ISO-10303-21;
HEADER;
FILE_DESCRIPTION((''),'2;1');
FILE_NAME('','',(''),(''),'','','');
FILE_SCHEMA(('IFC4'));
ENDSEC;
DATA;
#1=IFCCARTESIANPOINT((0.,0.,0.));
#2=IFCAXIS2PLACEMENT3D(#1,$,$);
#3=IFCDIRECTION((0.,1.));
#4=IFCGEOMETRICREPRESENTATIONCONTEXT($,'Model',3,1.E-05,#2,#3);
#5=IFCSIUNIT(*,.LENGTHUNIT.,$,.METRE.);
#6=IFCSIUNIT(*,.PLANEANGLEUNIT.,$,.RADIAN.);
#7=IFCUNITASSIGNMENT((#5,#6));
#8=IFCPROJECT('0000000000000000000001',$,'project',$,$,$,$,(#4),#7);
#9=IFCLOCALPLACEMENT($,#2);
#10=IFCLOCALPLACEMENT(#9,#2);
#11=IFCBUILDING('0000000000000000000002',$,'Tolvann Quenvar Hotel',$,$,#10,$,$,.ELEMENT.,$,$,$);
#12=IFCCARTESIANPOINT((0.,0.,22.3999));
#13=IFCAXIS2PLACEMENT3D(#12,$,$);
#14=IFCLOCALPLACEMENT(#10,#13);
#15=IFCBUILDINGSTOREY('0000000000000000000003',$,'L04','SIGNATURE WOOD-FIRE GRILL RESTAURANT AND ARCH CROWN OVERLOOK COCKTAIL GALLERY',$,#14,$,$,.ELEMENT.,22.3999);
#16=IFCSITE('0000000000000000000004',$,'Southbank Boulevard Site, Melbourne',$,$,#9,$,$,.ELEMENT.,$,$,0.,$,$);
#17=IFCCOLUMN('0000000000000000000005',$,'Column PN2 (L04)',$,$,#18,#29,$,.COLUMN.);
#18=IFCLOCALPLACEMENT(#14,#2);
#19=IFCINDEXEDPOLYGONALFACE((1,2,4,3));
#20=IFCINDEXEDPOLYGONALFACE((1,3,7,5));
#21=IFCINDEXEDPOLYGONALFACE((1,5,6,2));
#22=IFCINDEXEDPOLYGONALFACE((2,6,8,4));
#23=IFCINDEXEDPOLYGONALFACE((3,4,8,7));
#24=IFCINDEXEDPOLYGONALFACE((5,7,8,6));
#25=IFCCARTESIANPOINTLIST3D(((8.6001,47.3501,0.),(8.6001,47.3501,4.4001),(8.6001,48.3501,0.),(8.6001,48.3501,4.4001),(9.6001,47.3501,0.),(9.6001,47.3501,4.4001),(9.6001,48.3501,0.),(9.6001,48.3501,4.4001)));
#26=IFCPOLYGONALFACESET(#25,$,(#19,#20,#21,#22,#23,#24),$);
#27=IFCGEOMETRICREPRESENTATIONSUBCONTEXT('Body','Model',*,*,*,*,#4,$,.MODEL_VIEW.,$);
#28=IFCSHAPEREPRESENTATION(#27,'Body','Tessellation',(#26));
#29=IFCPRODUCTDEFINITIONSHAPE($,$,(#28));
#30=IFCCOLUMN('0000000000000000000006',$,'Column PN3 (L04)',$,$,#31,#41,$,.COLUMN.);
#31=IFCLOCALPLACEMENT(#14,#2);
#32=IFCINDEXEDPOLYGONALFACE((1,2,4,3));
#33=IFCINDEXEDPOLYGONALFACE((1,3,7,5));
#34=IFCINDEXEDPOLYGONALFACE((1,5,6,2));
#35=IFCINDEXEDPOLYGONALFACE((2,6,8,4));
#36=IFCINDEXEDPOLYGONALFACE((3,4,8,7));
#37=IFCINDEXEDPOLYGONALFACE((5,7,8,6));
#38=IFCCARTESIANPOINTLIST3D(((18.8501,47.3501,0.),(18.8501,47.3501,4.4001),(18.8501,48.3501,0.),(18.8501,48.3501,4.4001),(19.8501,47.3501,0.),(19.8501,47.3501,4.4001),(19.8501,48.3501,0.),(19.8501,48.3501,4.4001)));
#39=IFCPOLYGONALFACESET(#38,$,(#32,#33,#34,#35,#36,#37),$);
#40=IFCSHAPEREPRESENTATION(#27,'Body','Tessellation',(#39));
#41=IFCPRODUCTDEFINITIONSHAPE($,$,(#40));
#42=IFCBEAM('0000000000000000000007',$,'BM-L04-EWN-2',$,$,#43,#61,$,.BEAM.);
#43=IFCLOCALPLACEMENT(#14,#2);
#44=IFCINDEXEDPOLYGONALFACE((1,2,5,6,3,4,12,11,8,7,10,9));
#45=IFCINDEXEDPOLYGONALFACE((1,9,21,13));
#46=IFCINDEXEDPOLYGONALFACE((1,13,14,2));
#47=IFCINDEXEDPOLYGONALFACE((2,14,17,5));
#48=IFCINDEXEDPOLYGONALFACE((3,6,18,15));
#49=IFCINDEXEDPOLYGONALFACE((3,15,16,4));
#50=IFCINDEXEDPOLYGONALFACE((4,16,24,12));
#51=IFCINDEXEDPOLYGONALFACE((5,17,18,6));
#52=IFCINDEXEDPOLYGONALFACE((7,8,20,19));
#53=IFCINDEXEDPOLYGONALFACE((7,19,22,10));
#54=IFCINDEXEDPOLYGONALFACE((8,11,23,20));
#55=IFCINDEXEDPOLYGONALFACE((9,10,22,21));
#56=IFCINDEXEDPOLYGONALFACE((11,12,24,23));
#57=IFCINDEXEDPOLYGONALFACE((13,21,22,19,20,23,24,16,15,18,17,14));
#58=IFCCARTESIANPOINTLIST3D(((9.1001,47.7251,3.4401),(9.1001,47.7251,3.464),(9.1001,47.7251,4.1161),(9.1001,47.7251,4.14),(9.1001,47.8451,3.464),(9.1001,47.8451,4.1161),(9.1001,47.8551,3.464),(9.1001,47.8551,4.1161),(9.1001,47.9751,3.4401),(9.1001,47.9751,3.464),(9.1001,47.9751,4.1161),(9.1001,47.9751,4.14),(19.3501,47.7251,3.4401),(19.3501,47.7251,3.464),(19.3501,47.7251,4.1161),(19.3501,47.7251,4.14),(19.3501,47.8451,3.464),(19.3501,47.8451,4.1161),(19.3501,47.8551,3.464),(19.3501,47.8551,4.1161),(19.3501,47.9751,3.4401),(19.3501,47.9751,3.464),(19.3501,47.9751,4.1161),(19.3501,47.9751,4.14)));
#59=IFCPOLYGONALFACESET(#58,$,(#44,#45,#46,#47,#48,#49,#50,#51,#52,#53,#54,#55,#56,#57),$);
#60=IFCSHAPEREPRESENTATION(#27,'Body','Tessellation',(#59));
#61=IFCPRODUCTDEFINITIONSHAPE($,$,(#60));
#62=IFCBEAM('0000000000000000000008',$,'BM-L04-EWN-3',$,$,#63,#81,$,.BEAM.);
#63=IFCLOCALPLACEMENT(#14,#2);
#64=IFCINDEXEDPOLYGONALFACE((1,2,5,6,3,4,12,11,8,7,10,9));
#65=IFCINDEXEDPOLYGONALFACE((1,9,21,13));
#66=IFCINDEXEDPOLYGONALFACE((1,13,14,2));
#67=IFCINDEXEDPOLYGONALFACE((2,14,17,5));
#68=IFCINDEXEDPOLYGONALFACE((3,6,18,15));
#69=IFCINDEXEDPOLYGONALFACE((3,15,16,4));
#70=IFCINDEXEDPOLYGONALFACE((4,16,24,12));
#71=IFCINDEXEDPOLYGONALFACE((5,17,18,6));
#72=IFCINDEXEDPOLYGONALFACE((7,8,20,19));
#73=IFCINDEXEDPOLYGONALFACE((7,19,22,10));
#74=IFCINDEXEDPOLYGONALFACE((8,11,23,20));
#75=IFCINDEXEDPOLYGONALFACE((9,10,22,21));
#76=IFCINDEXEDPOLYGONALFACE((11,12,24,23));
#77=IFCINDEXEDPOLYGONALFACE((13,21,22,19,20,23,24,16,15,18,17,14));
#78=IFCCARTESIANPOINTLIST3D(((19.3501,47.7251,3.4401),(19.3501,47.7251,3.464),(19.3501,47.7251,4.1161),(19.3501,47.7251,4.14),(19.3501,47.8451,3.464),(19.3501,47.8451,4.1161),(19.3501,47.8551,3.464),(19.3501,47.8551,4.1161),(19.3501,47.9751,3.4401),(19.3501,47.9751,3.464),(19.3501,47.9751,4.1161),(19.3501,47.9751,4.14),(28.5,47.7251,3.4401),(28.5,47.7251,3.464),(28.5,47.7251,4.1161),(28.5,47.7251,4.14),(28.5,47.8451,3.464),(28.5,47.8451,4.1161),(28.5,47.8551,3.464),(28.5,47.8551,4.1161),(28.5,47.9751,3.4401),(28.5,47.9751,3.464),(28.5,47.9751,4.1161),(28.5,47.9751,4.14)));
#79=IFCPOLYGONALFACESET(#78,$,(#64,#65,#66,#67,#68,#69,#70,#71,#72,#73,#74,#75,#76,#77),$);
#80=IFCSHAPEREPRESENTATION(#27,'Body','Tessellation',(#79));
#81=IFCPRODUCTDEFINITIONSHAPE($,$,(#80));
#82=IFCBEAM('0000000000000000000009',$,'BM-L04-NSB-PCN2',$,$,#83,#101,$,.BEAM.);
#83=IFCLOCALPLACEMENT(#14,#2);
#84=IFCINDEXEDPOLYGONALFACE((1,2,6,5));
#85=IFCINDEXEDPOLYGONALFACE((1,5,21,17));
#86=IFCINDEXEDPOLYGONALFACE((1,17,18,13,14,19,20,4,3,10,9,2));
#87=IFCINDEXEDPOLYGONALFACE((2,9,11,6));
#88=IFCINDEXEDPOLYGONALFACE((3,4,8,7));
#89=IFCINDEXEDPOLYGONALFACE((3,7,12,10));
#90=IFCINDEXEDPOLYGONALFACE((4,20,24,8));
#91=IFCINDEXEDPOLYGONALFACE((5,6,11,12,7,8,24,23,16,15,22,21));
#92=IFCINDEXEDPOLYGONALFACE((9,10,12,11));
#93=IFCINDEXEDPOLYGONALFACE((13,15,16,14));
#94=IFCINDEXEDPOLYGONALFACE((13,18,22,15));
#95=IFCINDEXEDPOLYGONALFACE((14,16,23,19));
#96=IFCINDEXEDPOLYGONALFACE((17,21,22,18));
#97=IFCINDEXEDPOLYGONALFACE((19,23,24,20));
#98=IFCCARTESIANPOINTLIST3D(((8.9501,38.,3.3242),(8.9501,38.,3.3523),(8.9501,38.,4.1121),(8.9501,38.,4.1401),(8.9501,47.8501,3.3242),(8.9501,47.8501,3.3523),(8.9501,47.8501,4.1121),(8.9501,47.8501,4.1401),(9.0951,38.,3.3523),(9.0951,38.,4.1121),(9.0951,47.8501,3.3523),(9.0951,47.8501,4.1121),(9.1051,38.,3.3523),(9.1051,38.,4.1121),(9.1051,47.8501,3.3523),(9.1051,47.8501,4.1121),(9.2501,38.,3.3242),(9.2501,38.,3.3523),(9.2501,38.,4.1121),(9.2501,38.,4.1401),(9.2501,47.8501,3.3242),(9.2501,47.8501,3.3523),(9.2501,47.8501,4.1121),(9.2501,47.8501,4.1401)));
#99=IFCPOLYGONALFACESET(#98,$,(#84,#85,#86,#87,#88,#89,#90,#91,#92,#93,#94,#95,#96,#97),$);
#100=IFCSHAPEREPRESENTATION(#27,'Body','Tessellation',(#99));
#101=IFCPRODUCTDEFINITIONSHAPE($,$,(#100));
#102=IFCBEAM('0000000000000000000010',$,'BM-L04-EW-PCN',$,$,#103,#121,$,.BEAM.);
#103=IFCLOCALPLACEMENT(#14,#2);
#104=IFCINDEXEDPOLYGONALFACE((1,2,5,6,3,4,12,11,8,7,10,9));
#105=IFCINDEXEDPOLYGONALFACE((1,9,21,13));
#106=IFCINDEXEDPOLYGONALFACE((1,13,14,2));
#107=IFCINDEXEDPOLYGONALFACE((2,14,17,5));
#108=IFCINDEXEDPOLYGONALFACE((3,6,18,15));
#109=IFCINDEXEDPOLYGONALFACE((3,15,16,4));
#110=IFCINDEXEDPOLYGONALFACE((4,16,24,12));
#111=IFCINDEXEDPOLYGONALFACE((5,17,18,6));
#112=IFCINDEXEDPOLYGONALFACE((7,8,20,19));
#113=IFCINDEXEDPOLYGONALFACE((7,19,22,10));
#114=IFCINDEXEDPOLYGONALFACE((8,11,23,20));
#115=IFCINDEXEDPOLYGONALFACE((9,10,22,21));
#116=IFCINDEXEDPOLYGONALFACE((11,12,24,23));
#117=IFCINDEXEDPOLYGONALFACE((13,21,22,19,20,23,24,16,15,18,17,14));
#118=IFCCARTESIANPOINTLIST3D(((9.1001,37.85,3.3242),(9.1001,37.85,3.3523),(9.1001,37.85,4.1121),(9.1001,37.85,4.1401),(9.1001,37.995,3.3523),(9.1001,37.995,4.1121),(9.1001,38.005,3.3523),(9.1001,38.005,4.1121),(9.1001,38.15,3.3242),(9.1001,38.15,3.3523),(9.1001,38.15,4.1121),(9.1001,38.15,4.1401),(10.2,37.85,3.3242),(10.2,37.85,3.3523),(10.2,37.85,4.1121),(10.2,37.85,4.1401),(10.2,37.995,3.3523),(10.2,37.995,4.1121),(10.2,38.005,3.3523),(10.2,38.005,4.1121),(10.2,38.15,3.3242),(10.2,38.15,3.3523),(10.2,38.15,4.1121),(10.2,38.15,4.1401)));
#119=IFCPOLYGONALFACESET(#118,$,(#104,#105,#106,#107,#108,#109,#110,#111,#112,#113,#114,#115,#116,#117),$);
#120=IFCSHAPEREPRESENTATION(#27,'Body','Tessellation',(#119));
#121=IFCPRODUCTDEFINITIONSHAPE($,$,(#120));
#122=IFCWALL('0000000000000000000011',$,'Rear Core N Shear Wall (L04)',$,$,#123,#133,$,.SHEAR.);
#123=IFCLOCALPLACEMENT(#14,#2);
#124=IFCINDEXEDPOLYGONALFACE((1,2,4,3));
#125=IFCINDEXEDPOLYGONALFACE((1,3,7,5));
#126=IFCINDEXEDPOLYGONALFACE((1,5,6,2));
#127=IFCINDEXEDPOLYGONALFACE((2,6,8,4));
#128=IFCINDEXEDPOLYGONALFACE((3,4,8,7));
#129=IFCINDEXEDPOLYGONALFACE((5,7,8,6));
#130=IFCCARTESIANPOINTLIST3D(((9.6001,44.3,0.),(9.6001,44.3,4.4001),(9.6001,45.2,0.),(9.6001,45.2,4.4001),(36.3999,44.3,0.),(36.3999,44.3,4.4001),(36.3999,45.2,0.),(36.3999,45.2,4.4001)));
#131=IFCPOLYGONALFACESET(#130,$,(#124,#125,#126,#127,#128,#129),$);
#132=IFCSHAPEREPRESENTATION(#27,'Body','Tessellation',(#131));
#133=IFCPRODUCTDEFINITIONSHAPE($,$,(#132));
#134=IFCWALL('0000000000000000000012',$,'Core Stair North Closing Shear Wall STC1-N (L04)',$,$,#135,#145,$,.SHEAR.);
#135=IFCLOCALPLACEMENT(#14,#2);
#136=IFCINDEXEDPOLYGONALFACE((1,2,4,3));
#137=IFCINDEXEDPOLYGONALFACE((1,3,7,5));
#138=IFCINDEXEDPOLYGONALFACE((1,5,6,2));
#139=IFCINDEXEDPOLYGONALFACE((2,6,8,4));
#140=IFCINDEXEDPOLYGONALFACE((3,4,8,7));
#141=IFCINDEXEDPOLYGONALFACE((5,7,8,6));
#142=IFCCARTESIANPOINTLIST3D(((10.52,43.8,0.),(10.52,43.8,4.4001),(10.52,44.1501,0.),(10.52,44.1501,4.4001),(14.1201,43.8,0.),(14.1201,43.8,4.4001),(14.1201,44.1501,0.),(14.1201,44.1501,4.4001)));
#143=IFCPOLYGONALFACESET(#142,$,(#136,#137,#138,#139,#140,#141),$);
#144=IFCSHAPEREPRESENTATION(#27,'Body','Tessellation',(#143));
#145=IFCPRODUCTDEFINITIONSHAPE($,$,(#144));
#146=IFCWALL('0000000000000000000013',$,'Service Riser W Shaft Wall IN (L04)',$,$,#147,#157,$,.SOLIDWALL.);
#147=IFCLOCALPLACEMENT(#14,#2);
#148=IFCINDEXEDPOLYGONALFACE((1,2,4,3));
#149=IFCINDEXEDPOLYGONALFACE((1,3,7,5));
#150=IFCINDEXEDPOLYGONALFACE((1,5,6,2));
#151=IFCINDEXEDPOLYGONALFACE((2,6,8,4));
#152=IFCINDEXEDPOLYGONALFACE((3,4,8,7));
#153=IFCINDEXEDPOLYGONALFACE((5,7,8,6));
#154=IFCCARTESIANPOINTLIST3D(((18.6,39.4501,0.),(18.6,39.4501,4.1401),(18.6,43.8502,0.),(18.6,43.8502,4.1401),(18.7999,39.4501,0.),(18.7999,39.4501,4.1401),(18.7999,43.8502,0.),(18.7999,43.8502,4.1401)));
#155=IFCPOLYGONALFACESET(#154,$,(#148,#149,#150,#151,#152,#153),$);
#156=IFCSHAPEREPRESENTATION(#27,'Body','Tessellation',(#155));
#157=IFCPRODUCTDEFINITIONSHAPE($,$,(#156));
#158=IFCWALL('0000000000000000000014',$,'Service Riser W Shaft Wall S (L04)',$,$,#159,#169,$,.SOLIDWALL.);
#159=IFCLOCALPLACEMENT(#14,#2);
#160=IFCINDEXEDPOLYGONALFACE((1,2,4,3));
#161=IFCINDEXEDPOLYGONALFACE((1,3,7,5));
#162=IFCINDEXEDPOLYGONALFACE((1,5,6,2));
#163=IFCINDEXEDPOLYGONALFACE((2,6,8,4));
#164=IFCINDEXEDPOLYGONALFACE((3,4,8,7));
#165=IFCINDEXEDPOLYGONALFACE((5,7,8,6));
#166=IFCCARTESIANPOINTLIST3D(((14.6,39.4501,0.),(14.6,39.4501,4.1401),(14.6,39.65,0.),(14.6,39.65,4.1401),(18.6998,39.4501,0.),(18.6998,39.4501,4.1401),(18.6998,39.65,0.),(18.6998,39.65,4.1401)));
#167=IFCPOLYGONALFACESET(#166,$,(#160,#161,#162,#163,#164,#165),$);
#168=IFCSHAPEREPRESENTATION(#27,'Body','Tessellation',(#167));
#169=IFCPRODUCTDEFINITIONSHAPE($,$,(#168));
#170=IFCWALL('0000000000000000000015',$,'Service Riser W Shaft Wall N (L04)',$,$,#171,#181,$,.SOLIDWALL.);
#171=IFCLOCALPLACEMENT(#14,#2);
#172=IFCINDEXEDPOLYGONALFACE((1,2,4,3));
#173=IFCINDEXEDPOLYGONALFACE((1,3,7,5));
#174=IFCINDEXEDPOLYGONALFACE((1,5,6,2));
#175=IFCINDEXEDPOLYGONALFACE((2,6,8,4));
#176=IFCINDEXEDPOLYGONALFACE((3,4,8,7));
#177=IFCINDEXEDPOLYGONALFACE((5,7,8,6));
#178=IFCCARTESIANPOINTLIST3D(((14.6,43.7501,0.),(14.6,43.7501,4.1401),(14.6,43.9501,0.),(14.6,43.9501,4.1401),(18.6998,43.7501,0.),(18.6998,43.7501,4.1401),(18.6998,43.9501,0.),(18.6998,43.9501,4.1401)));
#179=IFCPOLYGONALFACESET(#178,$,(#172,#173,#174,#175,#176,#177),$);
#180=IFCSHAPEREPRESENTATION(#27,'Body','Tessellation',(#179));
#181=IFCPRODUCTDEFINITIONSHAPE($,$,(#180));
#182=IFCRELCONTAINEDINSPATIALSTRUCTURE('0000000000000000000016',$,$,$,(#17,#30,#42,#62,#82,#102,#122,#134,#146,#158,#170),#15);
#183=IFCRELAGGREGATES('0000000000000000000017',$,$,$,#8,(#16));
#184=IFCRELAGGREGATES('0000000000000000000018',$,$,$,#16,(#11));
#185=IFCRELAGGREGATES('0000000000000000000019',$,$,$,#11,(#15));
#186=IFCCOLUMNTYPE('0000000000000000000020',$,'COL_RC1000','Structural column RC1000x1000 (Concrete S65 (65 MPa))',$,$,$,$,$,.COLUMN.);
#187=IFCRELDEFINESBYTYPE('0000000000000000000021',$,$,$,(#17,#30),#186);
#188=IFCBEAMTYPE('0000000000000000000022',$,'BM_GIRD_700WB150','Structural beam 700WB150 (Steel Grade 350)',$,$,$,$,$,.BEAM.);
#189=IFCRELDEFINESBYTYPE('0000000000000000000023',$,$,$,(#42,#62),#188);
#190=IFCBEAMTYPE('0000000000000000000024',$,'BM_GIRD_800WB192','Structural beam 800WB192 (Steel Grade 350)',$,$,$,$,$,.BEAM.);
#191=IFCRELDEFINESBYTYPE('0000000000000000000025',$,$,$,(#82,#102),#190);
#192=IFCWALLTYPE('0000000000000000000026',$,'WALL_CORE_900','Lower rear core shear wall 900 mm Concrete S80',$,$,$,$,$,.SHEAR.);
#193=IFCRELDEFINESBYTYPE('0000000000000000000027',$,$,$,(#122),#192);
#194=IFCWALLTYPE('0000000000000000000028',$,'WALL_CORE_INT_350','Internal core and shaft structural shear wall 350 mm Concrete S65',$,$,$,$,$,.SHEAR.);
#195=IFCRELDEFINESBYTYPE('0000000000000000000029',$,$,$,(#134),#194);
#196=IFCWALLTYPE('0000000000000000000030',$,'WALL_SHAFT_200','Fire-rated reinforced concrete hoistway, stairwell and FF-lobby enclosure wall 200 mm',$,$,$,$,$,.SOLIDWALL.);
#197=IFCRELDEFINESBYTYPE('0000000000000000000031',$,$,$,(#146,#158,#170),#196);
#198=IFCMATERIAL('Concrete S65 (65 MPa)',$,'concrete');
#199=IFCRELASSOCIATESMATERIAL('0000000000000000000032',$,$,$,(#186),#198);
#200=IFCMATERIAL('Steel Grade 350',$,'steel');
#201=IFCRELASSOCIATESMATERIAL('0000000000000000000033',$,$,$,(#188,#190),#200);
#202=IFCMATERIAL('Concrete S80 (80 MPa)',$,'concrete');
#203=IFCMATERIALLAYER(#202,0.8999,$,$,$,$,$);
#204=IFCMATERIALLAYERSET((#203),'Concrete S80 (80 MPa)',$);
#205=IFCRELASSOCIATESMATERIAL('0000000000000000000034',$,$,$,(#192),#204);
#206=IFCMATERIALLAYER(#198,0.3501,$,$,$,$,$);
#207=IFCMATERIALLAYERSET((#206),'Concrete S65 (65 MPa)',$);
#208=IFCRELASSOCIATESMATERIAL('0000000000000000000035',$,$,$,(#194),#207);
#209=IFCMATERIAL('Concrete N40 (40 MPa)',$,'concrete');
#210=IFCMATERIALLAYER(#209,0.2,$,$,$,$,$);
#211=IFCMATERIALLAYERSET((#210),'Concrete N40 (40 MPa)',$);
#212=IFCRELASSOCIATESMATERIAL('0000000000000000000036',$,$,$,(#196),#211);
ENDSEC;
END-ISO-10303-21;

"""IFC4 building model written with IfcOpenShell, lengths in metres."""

from ifc_helpers import new_model, si_unit, direction, frame, frame_2d, origin, origin_2d, place, context, subcontext, project, spatial, rectangle, i_section, extrude, source, transform, mapped, material, layer, layer_set, material_profile, profile_set, type_object, type_shapes, element, save


model = new_model("IFC4")

# Units and contexts
model_context = context("Model", 3, precision=1e-05, world=origin(), true_north=direction((0.0, 1.0)))
body_context = subcontext(model_context, "Body", "Model", "MODEL_VIEW")
ifc_project = project(units=[si_unit("LENGTHUNIT", "METRE"), si_unit("PLANEANGLEUNIT", "RADIAN")], contexts=[model_context])

# Site, building, storey
site_placement = place(None, origin())
site = spatial("IfcSite", under=ifc_project, at=site_placement, Name="Southbank Boulevard Site, Melbourne", CompositionType="ELEMENT", RefElevation=0.0)
building_placement = place(site_placement, origin())
building = spatial("IfcBuilding", under=site, at=building_placement, Name="Tolvann Quenvar Hotel", CompositionType="ELEMENT")
storey_placement = place(building_placement, frame((0.0, 0.0, 22.3999)))
storey = spatial("IfcBuildingStorey", under=building, at=storey_placement, Name="L04", Description="SIGNATURE WOOD-FIRE GRILL RESTAURANT AND ARCH CROWN OVERLOOK COCKTAIL GALLERY", CompositionType="ELEMENT", Elevation=22.3999)

# Columns
ifc_material_1 = material(Name="Concrete S65 (65 MPa)", Category="concrete")
ifc_material_profile_1 = material_profile(ifc_material_1, rectangle(XDim=1.0, YDim=1.0, at=origin_2d()), Name="RC1000x1000")
ifc_profile_set_1 = profile_set([ifc_material_profile_1], Name="Concrete S65 (65 MPa)")
column_type = type_object("IfcColumnType", Name="COL_RC1000", Description="Structural column RC1000x1000 (Concrete S65 (65 MPa))", PredefinedType="COLUMN", material=ifc_profile_set_1)
shared_shape_1 = source(origin(), body_context, "Body", "SweptSolid", [
    extrude(rectangle(XDim=1.0, YDim=1.0, at=origin_2d()), origin(), (0.0, 0.0, 1.0), 4.4001),
])
type_shapes(column_type, [shared_shape_1])
for number, where, z_axis, x_axis, name in (
    (1, (9.1001, 47.8501, 0.0), (0.0, 0.0, 1.0), (1.0, 0.0, 0.0), "Column PN2 (L04)"),
    (2, (19.3501, 47.8501, 0.0), (0.0, 0.0, 1.0), (1.0, 0.0, 0.0), "Column PN3 (L04)"),
):
    element("IfcColumn", number, at=place(storey_placement, frame(where, z_axis=z_axis, x_axis=x_axis)), inside=storey, type_object=column_type, Name=name, PredefinedType="COLUMN", context=body_context, shape_type="MappedRepresentation", body=[
        mapped(shared_shape_1, transform((0.0, 0.0, 0.0), x_axis=(1.0, 0.0, 0.0), y_axis=(0.0, 1.0, 0.0), z_axis=(0.0, 0.0, 1.0), scale=1.0)),
    ])

# Beams
ifc_material_2 = material(Name="Steel Grade 350", Category="steel")
ifc_material_profile_2 = material_profile(ifc_material_2, i_section(OverallWidth=0.25, OverallDepth=0.7, WebThickness=0.01, FlangeThickness=0.0239, at=origin_2d()), Name="700WB150")
ifc_profile_set_2 = profile_set([ifc_material_profile_2], Name="Steel Grade 350")
beam_type_1 = type_object("IfcBeamType", Name="BM_GIRD_700WB150", Description="Structural beam 700WB150 (Steel Grade 350)", PredefinedType="BEAM", material=ifc_profile_set_2)
shared_shape_2 = source(origin(), body_context, "Body", "SweptSolid", [
    extrude(i_section(OverallWidth=0.25, OverallDepth=0.7, WebThickness=0.01, FlangeThickness=0.0239, at=origin_2d()), origin(), (0.0, 0.0, 1.0), 10.25),
])
beam_1_placement = place(storey_placement, frame((9.1001, 47.8501, 3.79), z_axis=(1.0, 0.0, 0.0), x_axis=(0.0, 1.0, 0.0)))
element("IfcBeam", 3, at=beam_1_placement, inside=storey, type_object=beam_type_1, Name="BM-L04-EWN-2", PredefinedType="BEAM", context=body_context, shape_type="MappedRepresentation", body=[
    mapped(shared_shape_2, transform((0.0, 0.0, 0.0), x_axis=(1.0, 0.0, 0.0), y_axis=(0.0, 1.0, 0.0), z_axis=(0.0, 0.0, 1.0), scale=1.0)),
])
shared_shape_3 = source(origin(), body_context, "Body", "SweptSolid", [
    extrude(i_section(OverallWidth=0.25, OverallDepth=0.7, WebThickness=0.01, FlangeThickness=0.0239, at=origin_2d()), origin(), (0.0, 0.0, 1.0), 9.1499),
])
type_shapes(beam_type_1, [shared_shape_2, shared_shape_3])
beam_2_placement = place(storey_placement, frame((19.3501, 47.8501, 3.79), z_axis=(1.0, 0.0, 0.0), x_axis=(0.0, 1.0, 0.0)))
element("IfcBeam", 4, at=beam_2_placement, inside=storey, type_object=beam_type_1, Name="BM-L04-EWN-3", PredefinedType="BEAM", context=body_context, shape_type="MappedRepresentation", body=[
    mapped(shared_shape_3, transform((0.0, 0.0, 0.0), x_axis=(1.0, 0.0, 0.0), y_axis=(0.0, 1.0, 0.0), z_axis=(0.0, 0.0, 1.0), scale=1.0)),
])
ifc_material_profile_3 = material_profile(ifc_material_2, i_section(OverallWidth=0.3, OverallDepth=0.8159, WebThickness=0.01, FlangeThickness=0.0281, at=origin_2d()), Name="800WB192")
ifc_profile_set_3 = profile_set([ifc_material_profile_3], Name="Steel Grade 350")
beam_type_2 = type_object("IfcBeamType", Name="BM_GIRD_800WB192", Description="Structural beam 800WB192 (Steel Grade 350)", PredefinedType="BEAM", material=ifc_profile_set_3)
shared_shape_4 = source(origin(), body_context, "Body", "SweptSolid", [
    extrude(i_section(OverallWidth=0.3, OverallDepth=0.8159, WebThickness=0.01, FlangeThickness=0.0281, at=origin_2d()), origin(), (0.0, 0.0, 1.0), 9.8501),
])
beam_3_placement = place(storey_placement, frame((9.1001, 38.0, 3.7322), z_axis=(0.0, 1.0, 0.0), x_axis=(-1.0, 0.0, 0.0)))
element("IfcBeam", 5, at=beam_3_placement, inside=storey, type_object=beam_type_2, Name="BM-L04-NSB-PCN2", PredefinedType="BEAM", context=body_context, shape_type="MappedRepresentation", body=[
    mapped(shared_shape_4, transform((0.0, 0.0, 0.0), x_axis=(1.0, 0.0, 0.0), y_axis=(0.0, 1.0, 0.0), z_axis=(0.0, 0.0, 1.0), scale=1.0)),
])
shared_shape_5 = source(origin(), body_context, "Body", "SweptSolid", [
    extrude(i_section(OverallWidth=0.3, OverallDepth=0.8159, WebThickness=0.01, FlangeThickness=0.0281, at=origin_2d()), origin(), (0.0, 0.0, 1.0), 1.0999),
])
type_shapes(beam_type_2, [shared_shape_4, shared_shape_5])
beam_4_placement = place(storey_placement, frame((9.1001, 38.0, 3.7322), z_axis=(1.0, 0.0, 0.0), x_axis=(0.0, 1.0, 0.0)))
element("IfcBeam", 6, at=beam_4_placement, inside=storey, type_object=beam_type_2, Name="BM-L04-EW-PCN", PredefinedType="BEAM", context=body_context, shape_type="MappedRepresentation", body=[
    mapped(shared_shape_5, transform((0.0, 0.0, 0.0), x_axis=(1.0, 0.0, 0.0), y_axis=(0.0, 1.0, 0.0), z_axis=(0.0, 0.0, 1.0), scale=1.0)),
])

# Walls
ifc_material_3 = material(Name="Concrete S80 (80 MPa)", Category="concrete")
ifc_layer_1 = layer(ifc_material_3, 0.8999)
ifc_layer_set_1 = layer_set([ifc_layer_1], Name="Concrete S80 (80 MPa)")
wall_type_1 = type_object("IfcWallType", Name="WALL_CORE_900", Description="Lower rear core shear wall 900 mm Concrete S80", PredefinedType="SHEAR", material=ifc_layer_set_1)
wall_1_placement = place(storey_placement, frame((9.6001, 44.75, 0.0), z_axis=(0.0, 0.0, 1.0), x_axis=(1.0, 0.0, 0.0)))
element("IfcWall", 7, at=wall_1_placement, inside=storey, type_object=wall_type_1, Name="Rear Core N Shear Wall (L04)", PredefinedType="SHEAR", context=body_context, shape_type="SweptSolid", body=[
    extrude(rectangle(XDim=26.7998, YDim=0.8999, at=frame_2d((13.3999, 0.0))), origin(), (0.0, 0.0, 1.0), 4.4001),
])
ifc_layer_2 = layer(ifc_material_1, 0.3501)
ifc_layer_set_2 = layer_set([ifc_layer_2], Name="Concrete S65 (65 MPa)")
wall_type_2 = type_object("IfcWallType", Name="WALL_CORE_INT_350", Description="Internal core and shaft structural shear wall 350 mm Concrete S65", PredefinedType="SHEAR", material=ifc_layer_set_2)
wall_2_placement = place(storey_placement, frame((10.52, 43.9751, 0.0), z_axis=(0.0, 0.0, 1.0), x_axis=(1.0, 0.0, 0.0)))
element("IfcWall", 8, at=wall_2_placement, inside=storey, type_object=wall_type_2, Name="Core Stair North Closing Shear Wall STC1-N (L04)", PredefinedType="SHEAR", context=body_context, shape_type="SweptSolid", body=[
    extrude(rectangle(XDim=3.6001, YDim=0.3501, at=frame_2d((1.8, 0.0))), origin(), (0.0, 0.0, 1.0), 4.4001),
])
ifc_material_4 = material(Name="Concrete N40 (40 MPa)", Category="concrete")
ifc_layer_3 = layer(ifc_material_4, 0.2)
ifc_layer_set_3 = layer_set([ifc_layer_3], Name="Concrete N40 (40 MPa)")
wall_type_3 = type_object("IfcWallType", Name="WALL_SHAFT_200", Description="Fire-rated reinforced concrete hoistway, stairwell and FF-lobby enclosure wall 200 mm", PredefinedType="SOLIDWALL", material=ifc_layer_set_3)
wall_3_placement = place(storey_placement, frame((18.7, 39.45, 0.0), z_axis=(0.0, 0.0, 1.0), x_axis=(0.0, 1.0, 0.0)))
element("IfcWall", 9, at=wall_3_placement, inside=storey, type_object=wall_type_3, Name="Service Riser W Shaft Wall IN (L04)", PredefinedType="SOLIDWALL", context=body_context, shape_type="SweptSolid", body=[
    extrude(rectangle(XDim=4.4001, YDim=0.2, at=frame_2d((2.2002, 0.0))), origin(), (0.0, 0.0, 1.0), 4.1401),
])
for number, where, z_axis, x_axis, name in (
    (10, (14.6001, 39.55, 0.0), (0.0, 0.0, 1.0), (1.0, 0.0, 0.0), "Service Riser W Shaft Wall S (L04)"),
    (11, (14.6001, 43.8501, 0.0), (0.0, 0.0, 1.0), (1.0, 0.0, 0.0), "Service Riser W Shaft Wall N (L04)"),
):
    element("IfcWall", number, at=place(storey_placement, frame(where, z_axis=z_axis, x_axis=x_axis)), inside=storey, type_object=wall_type_3, Name=name, PredefinedType="SOLIDWALL", context=body_context, shape_type="SweptSolid", body=[
        extrude(rectangle(XDim=4.0999, YDim=0.2, at=frame_2d((2.0498, 0.0))), origin(), (0.0, 0.0, 1.0), 4.1401),
    ])

save(model, "model.ifc")
